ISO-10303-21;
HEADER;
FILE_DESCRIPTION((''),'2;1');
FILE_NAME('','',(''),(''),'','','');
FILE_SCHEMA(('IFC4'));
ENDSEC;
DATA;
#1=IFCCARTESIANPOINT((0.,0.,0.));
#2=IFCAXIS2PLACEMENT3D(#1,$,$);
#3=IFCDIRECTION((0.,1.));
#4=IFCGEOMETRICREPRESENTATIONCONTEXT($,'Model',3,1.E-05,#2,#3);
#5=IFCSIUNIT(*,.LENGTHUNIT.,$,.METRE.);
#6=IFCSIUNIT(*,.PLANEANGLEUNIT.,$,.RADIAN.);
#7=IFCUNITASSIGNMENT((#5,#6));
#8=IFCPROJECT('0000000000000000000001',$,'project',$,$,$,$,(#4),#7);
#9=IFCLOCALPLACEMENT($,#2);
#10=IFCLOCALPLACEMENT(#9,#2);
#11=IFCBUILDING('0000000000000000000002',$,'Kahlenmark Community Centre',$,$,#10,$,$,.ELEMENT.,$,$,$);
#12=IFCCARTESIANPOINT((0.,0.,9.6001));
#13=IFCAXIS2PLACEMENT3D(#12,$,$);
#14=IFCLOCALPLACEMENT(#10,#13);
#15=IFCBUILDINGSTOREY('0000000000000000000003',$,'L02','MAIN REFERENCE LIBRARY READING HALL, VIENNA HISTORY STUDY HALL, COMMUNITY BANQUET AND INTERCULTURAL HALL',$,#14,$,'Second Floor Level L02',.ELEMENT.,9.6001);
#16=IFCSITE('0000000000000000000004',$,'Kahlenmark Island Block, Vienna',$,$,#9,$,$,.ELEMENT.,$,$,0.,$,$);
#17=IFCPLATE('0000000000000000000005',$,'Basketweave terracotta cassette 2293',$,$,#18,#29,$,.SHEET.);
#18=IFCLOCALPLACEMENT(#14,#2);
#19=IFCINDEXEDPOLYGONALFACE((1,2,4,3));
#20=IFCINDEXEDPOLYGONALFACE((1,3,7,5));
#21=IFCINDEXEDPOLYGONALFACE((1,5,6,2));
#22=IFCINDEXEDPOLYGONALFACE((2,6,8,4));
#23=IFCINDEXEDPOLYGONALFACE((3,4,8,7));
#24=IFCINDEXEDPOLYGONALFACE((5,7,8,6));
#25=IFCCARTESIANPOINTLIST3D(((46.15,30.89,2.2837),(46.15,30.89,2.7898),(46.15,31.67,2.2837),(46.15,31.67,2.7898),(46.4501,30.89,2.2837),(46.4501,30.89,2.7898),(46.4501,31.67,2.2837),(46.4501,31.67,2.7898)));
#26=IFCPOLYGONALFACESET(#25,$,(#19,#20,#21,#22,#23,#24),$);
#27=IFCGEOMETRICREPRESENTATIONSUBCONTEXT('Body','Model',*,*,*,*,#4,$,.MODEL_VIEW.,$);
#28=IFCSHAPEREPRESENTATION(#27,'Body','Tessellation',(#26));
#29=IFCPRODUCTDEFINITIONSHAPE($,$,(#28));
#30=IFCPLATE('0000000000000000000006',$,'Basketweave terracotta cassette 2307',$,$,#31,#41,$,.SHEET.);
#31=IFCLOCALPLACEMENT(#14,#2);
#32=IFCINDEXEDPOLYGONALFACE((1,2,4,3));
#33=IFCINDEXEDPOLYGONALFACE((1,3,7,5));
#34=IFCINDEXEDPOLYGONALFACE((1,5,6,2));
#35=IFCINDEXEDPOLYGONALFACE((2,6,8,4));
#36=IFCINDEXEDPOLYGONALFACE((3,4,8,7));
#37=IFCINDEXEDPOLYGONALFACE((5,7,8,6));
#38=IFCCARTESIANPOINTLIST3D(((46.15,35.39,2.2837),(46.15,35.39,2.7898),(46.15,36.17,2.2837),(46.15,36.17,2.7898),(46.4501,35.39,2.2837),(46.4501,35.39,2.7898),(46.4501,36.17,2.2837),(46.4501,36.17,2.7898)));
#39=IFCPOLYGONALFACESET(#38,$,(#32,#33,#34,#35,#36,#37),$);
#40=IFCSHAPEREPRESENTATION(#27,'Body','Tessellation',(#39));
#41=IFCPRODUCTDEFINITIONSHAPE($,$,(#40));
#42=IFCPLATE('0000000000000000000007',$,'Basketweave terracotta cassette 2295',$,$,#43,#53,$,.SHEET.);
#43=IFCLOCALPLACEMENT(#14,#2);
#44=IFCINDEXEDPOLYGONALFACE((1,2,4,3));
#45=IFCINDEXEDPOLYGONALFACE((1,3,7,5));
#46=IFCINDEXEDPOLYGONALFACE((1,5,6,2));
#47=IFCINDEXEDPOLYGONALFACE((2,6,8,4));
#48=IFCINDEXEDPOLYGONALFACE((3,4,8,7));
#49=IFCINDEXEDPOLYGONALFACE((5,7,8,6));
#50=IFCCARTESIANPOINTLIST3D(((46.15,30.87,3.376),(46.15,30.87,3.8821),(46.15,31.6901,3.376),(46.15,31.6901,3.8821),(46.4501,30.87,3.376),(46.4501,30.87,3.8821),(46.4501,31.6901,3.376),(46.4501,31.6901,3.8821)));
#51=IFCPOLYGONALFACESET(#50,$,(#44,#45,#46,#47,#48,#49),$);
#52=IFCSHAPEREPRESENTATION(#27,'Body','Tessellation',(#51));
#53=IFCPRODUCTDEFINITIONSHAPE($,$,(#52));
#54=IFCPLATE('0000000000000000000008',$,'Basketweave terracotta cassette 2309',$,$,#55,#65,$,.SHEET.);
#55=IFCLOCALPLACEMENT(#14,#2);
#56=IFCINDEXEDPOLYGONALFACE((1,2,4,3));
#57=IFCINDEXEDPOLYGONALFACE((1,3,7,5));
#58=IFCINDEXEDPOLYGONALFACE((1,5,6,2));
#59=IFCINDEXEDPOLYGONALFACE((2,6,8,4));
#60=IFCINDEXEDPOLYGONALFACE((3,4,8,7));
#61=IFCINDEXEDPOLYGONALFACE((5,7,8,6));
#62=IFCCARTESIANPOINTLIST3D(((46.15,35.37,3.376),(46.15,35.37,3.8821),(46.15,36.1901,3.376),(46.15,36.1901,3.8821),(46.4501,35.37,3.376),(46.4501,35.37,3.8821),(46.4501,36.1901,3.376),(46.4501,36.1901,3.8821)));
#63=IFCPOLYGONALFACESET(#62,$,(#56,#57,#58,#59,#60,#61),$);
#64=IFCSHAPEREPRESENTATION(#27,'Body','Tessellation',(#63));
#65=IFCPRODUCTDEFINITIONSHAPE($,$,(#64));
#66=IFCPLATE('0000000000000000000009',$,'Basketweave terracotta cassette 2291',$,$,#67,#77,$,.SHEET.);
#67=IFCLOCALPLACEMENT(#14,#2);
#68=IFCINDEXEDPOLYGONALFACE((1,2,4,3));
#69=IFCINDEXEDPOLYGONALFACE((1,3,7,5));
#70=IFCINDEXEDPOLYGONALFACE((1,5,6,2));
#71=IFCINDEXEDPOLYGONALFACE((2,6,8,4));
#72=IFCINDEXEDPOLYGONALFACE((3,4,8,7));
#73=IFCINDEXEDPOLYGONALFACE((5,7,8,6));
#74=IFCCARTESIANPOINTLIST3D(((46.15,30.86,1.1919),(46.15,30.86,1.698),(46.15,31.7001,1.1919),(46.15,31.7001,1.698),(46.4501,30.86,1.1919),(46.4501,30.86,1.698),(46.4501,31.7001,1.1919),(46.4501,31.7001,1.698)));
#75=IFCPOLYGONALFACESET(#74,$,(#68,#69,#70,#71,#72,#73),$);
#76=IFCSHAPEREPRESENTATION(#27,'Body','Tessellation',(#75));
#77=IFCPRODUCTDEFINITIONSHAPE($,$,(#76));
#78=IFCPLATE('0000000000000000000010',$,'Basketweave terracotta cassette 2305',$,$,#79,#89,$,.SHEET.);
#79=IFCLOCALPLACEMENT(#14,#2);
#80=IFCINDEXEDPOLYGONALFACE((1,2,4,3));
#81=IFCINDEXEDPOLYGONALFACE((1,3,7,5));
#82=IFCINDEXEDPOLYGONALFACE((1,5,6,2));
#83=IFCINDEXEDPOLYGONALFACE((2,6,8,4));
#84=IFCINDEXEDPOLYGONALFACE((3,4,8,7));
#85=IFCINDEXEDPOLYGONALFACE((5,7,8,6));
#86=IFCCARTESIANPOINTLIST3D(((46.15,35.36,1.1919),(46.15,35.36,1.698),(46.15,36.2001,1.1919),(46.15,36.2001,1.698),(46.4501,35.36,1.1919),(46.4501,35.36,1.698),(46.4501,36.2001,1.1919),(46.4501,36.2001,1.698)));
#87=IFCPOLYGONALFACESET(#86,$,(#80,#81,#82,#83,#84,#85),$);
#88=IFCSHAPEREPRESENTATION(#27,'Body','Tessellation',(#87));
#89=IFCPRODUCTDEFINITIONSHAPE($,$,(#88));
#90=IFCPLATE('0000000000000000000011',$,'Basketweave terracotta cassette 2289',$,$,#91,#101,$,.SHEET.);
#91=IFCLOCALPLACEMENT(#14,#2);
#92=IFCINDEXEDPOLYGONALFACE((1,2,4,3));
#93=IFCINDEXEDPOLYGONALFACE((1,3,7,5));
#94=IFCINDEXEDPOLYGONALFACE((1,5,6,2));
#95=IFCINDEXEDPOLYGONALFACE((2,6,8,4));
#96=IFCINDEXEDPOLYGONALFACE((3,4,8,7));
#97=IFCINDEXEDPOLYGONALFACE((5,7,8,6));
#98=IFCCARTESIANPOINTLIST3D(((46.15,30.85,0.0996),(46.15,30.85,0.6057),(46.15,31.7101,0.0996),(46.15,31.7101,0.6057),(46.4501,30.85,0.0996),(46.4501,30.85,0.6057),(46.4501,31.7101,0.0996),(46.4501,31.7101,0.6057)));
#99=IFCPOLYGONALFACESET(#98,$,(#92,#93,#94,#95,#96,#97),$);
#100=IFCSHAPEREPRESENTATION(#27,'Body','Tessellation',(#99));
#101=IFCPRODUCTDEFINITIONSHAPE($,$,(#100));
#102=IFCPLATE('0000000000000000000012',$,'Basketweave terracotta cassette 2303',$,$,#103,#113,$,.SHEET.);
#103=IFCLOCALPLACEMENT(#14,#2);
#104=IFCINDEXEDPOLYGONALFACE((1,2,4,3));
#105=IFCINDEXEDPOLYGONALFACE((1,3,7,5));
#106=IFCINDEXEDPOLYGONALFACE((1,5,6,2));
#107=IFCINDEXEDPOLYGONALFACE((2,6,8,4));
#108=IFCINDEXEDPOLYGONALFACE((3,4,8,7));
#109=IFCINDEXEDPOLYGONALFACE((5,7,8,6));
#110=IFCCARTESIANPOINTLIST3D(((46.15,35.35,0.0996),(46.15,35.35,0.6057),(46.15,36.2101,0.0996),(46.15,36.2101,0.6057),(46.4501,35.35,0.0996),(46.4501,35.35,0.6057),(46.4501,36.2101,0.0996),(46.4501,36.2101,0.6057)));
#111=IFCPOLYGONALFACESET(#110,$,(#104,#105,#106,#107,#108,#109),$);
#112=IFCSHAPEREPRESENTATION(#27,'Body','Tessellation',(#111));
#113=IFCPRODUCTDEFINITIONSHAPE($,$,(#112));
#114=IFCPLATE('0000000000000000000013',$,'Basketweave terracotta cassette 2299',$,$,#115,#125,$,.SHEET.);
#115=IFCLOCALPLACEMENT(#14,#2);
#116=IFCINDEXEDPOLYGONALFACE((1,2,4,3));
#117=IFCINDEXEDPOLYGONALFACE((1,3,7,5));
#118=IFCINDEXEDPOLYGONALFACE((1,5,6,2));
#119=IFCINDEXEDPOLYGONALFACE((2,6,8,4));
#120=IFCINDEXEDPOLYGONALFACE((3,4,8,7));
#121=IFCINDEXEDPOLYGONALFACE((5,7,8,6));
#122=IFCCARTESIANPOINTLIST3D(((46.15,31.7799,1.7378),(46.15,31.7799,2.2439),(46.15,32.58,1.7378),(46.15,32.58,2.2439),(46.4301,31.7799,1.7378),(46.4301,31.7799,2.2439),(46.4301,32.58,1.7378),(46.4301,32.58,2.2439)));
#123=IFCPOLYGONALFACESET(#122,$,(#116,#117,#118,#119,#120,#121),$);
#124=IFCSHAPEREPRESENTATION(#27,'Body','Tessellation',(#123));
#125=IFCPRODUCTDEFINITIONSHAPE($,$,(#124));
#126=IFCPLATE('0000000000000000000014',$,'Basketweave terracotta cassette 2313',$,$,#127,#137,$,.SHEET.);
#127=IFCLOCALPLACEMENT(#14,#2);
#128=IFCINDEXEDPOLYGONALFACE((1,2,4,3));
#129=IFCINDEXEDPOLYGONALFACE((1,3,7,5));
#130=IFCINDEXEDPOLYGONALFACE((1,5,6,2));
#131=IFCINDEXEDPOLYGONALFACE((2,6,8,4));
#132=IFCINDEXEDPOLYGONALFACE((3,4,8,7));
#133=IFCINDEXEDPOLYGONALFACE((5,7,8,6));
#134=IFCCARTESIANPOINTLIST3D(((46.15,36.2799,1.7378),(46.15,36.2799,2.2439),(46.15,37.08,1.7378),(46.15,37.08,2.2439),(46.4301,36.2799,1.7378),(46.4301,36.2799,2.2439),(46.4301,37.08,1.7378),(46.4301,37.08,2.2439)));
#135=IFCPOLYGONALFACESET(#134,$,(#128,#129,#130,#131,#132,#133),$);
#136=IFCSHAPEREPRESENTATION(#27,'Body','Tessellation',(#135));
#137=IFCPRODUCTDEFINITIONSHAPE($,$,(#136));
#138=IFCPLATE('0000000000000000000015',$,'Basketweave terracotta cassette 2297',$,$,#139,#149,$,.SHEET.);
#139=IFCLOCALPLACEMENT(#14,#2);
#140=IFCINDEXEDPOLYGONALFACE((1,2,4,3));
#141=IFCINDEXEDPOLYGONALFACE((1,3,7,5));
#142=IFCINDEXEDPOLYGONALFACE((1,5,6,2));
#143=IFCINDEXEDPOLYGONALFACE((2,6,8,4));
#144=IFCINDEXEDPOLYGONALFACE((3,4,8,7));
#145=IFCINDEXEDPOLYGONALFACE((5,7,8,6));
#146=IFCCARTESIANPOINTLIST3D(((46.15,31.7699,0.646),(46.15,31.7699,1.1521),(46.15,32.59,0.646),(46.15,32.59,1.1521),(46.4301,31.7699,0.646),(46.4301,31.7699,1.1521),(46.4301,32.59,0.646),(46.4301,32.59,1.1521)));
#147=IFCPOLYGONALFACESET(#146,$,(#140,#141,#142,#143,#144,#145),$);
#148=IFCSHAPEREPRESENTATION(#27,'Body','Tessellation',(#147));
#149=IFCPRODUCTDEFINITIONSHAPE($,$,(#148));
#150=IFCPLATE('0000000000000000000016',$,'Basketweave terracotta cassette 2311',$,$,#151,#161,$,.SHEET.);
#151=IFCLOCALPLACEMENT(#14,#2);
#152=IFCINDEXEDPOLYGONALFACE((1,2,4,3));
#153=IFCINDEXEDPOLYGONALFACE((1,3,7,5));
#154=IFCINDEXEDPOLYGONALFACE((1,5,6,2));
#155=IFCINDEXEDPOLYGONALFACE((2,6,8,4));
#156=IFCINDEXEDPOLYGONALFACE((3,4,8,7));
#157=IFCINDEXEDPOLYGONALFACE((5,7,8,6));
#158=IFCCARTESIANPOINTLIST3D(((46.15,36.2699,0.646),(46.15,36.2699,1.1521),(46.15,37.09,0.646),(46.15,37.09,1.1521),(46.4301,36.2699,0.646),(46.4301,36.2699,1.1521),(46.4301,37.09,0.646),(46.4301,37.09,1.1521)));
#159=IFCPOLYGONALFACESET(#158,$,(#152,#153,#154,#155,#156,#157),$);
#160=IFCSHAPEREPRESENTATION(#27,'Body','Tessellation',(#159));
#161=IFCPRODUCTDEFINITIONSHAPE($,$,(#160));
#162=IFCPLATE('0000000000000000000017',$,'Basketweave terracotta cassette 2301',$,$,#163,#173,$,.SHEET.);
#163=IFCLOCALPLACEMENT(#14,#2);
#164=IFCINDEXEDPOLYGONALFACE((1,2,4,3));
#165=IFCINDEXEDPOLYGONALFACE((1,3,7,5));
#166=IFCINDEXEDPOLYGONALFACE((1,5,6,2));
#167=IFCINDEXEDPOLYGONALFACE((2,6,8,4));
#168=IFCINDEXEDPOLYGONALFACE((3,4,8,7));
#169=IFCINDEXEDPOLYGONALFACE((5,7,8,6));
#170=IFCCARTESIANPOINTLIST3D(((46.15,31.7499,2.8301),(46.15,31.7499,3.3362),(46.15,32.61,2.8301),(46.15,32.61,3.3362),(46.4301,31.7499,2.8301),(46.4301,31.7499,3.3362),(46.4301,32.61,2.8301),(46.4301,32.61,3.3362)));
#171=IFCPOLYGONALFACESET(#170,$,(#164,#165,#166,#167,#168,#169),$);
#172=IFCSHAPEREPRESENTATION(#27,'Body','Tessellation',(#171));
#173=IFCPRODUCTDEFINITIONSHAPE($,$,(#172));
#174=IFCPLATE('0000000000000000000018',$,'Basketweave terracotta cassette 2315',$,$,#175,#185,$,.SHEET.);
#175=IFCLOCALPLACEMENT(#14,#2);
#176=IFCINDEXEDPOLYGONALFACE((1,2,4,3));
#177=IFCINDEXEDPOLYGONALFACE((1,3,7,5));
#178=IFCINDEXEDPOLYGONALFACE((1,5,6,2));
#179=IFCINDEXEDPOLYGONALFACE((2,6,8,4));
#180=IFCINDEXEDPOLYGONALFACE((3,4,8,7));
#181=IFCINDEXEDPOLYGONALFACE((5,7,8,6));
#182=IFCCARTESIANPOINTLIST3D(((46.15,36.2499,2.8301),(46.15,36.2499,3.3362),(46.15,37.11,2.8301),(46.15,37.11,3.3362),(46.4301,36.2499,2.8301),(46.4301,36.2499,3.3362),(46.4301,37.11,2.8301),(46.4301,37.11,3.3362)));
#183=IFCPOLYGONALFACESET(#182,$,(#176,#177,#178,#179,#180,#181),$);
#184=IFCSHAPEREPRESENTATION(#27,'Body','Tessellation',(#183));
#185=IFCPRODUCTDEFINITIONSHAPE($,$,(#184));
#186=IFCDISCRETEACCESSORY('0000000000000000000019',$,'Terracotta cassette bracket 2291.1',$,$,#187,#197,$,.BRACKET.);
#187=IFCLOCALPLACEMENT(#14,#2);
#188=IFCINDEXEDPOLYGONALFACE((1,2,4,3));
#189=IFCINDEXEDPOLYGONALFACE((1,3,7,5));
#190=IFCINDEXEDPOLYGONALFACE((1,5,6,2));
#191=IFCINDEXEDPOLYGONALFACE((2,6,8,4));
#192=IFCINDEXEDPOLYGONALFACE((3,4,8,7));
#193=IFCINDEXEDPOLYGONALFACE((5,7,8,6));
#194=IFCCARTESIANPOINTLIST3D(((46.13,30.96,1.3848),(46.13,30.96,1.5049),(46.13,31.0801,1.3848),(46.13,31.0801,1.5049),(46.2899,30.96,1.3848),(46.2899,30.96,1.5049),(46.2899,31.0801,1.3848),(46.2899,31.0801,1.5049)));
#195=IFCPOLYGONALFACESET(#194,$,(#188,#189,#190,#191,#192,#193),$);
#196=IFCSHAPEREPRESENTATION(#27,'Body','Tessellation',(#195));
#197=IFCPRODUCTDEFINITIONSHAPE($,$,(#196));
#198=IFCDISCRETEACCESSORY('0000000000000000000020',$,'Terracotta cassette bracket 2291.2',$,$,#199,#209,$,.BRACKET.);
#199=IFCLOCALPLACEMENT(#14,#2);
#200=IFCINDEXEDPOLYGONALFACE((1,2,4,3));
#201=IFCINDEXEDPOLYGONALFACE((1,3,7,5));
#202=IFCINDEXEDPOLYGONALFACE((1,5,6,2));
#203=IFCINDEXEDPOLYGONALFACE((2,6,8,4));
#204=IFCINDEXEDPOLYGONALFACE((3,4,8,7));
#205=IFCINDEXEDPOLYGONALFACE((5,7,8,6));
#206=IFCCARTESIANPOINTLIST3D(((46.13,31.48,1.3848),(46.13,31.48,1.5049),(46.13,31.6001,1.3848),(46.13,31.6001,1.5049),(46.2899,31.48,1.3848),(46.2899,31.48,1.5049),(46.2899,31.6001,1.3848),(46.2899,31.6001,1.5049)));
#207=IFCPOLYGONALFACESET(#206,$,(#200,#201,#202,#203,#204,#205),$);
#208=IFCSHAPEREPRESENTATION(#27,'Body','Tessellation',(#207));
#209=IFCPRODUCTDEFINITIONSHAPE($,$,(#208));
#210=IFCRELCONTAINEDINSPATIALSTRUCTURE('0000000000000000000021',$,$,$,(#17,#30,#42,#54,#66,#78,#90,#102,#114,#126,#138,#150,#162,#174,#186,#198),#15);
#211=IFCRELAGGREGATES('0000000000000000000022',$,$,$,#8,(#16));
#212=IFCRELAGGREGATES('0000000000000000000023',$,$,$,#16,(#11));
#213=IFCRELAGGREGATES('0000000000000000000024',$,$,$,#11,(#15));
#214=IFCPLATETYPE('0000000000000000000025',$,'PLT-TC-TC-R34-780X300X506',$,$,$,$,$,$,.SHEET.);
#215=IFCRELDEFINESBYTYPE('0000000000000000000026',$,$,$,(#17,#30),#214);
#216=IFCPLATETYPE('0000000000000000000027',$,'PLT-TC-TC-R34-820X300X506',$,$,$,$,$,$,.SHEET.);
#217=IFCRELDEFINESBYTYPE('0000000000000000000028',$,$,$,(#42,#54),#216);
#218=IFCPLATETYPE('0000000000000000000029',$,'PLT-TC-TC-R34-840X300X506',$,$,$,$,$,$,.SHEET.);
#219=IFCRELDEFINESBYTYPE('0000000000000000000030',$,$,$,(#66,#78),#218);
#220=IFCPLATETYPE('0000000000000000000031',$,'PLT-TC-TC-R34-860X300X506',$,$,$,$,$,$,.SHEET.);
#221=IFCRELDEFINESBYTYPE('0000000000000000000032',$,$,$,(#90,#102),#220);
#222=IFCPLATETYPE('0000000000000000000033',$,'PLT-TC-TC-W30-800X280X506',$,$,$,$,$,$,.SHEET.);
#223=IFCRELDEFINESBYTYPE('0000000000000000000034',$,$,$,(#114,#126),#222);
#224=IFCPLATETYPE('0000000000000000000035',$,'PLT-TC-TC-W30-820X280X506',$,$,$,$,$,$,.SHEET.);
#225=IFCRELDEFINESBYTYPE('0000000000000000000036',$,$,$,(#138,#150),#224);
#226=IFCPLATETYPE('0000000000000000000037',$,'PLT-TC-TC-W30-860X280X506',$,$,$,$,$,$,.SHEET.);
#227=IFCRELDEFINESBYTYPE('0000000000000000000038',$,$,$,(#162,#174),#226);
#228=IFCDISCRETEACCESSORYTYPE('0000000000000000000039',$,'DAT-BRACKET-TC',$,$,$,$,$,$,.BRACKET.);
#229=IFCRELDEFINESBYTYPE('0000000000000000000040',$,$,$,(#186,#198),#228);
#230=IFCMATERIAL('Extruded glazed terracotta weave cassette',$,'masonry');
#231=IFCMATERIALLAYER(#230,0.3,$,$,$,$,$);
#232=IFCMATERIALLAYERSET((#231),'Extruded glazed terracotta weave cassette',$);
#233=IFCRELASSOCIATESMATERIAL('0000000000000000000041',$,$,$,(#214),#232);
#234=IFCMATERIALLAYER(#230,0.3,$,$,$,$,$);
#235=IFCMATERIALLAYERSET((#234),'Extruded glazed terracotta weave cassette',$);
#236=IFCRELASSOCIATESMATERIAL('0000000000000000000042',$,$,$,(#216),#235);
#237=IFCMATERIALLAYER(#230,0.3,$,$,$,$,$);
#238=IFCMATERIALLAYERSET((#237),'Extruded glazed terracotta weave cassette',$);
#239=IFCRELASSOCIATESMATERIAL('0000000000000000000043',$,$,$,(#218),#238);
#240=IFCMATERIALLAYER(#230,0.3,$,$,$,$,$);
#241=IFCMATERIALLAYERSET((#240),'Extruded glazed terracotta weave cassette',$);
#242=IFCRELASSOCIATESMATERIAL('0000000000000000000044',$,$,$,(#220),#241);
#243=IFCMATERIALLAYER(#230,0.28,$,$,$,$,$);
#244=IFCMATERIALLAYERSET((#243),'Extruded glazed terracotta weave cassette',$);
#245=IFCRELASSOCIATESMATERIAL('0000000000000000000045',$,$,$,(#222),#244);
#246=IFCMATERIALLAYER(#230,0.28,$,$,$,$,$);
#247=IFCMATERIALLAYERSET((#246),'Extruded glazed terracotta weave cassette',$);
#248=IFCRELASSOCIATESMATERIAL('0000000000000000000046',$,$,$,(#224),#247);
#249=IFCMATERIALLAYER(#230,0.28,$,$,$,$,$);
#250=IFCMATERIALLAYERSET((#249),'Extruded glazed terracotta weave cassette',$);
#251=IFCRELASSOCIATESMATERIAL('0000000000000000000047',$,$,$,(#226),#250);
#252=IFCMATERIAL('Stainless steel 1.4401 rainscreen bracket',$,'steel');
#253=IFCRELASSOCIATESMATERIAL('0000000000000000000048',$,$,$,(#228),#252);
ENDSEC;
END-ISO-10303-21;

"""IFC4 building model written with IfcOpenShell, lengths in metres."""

from ifc_helpers import new_model, si_unit, direction, frame, origin, origin_2d, place, context, subcontext, project, spatial, rectangle, extrude, material, layer, layer_set, type_object, element, save


model = new_model("IFC4")

# Units and contexts
model_context = context("Model", 3, precision=1e-05, world=origin(), true_north=direction((0.0, 1.0)))
body_context = subcontext(model_context, "Body", "Model", "MODEL_VIEW")
ifc_project = project(units=[si_unit("LENGTHUNIT", "METRE"), si_unit("PLANEANGLEUNIT", "RADIAN")], contexts=[model_context])

# Site, building, storey
site_placement = place(None, origin())
site = spatial("IfcSite", under=ifc_project, at=site_placement, Name="Kahlenmark Island Block, Vienna", CompositionType="ELEMENT", RefElevation=0.0)
building_placement = place(site_placement, origin())
building = spatial("IfcBuilding", under=site, at=building_placement, Name="Kahlenmark Community Centre", CompositionType="ELEMENT")
storey_placement = place(building_placement, frame((0.0, 0.0, 9.6001)))
storey = spatial("IfcBuildingStorey", under=building, at=storey_placement, Name="L02", Description="MAIN REFERENCE LIBRARY READING HALL, VIENNA HISTORY STUDY HALL, COMMUNITY BANQUET AND INTERCULTURAL HALL", LongName="Second Floor Level L02", CompositionType="ELEMENT", Elevation=9.6001)

# Plates
ifc_material_1 = material(Name="Extruded glazed terracotta weave cassette", Category="masonry")
ifc_layer_1 = layer(ifc_material_1, 0.3)
ifc_layer_set_1 = layer_set([ifc_layer_1], Name="Extruded glazed terracotta weave cassette")
plate_type_1 = type_object("IfcPlateType", Name="PLT-TC-TC-R34-780X300X506", PredefinedType="SHEET", material=ifc_layer_set_1)
for number, where, z_axis, x_axis, name in (
    (1, (46.3, 31.28, 2.2837), (0.0, 0.0, 1.0), (0.0, 1.0, 0.0), "Basketweave terracotta cassette 2293"),
    (2, (46.3, 35.78, 2.2837), (0.0, 0.0, 1.0), (0.0, 1.0, 0.0), "Basketweave terracotta cassette 2307"),
):
    element("IfcPlate", number, at=place(storey_placement, frame(where, z_axis=z_axis, x_axis=x_axis)), inside=storey, type_object=plate_type_1, Name=name, PredefinedType="SHEET", context=body_context, shape_type="SweptSolid", body=[
        extrude(rectangle(XDim=0.78, YDim=0.3, at=origin_2d()), origin(), (0.0, 0.0, 1.0), 0.5061),
    ])
ifc_layer_2 = layer(ifc_material_1, 0.3)
ifc_layer_set_2 = layer_set([ifc_layer_2], Name="Extruded glazed terracotta weave cassette")
plate_type_2 = type_object("IfcPlateType", Name="PLT-TC-TC-R34-820X300X506", PredefinedType="SHEET", material=ifc_layer_set_2)
for number, where, z_axis, x_axis, name in (
    (3, (46.3, 31.28, 3.376), (0.0, 0.0, 1.0), (0.0, 1.0, 0.0), "Basketweave terracotta cassette 2295"),
    (4, (46.3, 35.78, 3.376), (0.0, 0.0, 1.0), (0.0, 1.0, 0.0), "Basketweave terracotta cassette 2309"),
):
    element("IfcPlate", number, at=place(storey_placement, frame(where, z_axis=z_axis, x_axis=x_axis)), inside=storey, type_object=plate_type_2, Name=name, PredefinedType="SHEET", context=body_context, shape_type="SweptSolid", body=[
        extrude(rectangle(XDim=0.8201, YDim=0.3, at=origin_2d()), origin(), (0.0, 0.0, 1.0), 0.5061),
    ])
ifc_layer_3 = layer(ifc_material_1, 0.3)
ifc_layer_set_3 = layer_set([ifc_layer_3], Name="Extruded glazed terracotta weave cassette")
plate_type_3 = type_object("IfcPlateType", Name="PLT-TC-TC-R34-840X300X506", PredefinedType="SHEET", material=ifc_layer_set_3)
for number, where, z_axis, x_axis, name in (
    (5, (46.3, 31.28, 1.1919), (0.0, 0.0, 1.0), (0.0, 1.0, 0.0), "Basketweave terracotta cassette 2291"),
    (6, (46.3, 35.78, 1.1919), (0.0, 0.0, 1.0), (0.0, 1.0, 0.0), "Basketweave terracotta cassette 2305"),
):
    element("IfcPlate", number, at=place(storey_placement, frame(where, z_axis=z_axis, x_axis=x_axis)), inside=storey, type_object=plate_type_3, Name=name, PredefinedType="SHEET", context=body_context, shape_type="SweptSolid", body=[
        extrude(rectangle(XDim=0.8401, YDim=0.3, at=origin_2d()), origin(), (0.0, 0.0, 1.0), 0.5061),
    ])
ifc_layer_4 = layer(ifc_material_1, 0.3)
ifc_layer_set_4 = layer_set([ifc_layer_4], Name="Extruded glazed terracotta weave cassette")
plate_type_4 = type_object("IfcPlateType", Name="PLT-TC-TC-R34-860X300X506", PredefinedType="SHEET", material=ifc_layer_set_4)
for number, where, z_axis, x_axis, name in (
    (7, (46.3, 31.28, 0.0996), (0.0, 0.0, 1.0), (0.0, 1.0, 0.0), "Basketweave terracotta cassette 2289"),
    (8, (46.3, 35.78, 0.0996), (0.0, 0.0, 1.0), (0.0, 1.0, 0.0), "Basketweave terracotta cassette 2303"),
):
    element("IfcPlate", number, at=place(storey_placement, frame(where, z_axis=z_axis, x_axis=x_axis)), inside=storey, type_object=plate_type_4, Name=name, PredefinedType="SHEET", context=body_context, shape_type="SweptSolid", body=[
        extrude(rectangle(XDim=0.8601, YDim=0.3, at=origin_2d()), origin(), (0.0, 0.0, 1.0), 0.5061),
    ])
ifc_layer_5 = layer(ifc_material_1, 0.28)
ifc_layer_set_5 = layer_set([ifc_layer_5], Name="Extruded glazed terracotta weave cassette")
plate_type_5 = type_object("IfcPlateType", Name="PLT-TC-TC-W30-800X280X506", PredefinedType="SHEET", material=ifc_layer_set_5)
for number, where, z_axis, x_axis, name in (
    (9, (46.29, 32.1799, 1.7378), (0.0, 0.0, 1.0), (0.0, 1.0, 0.0), "Basketweave terracotta cassette 2299"),
    (10, (46.29, 36.6799, 1.7378), (0.0, 0.0, 1.0), (0.0, 1.0, 0.0), "Basketweave terracotta cassette 2313"),
):
    element("IfcPlate", number, at=place(storey_placement, frame(where, z_axis=z_axis, x_axis=x_axis)), inside=storey, type_object=plate_type_5, Name=name, PredefinedType="SHEET", context=body_context, shape_type="SweptSolid", body=[
        extrude(rectangle(XDim=0.8, YDim=0.28, at=origin_2d()), origin(), (0.0, 0.0, 1.0), 0.5061),
    ])
ifc_layer_6 = layer(ifc_material_1, 0.28)
ifc_layer_set_6 = layer_set([ifc_layer_6], Name="Extruded glazed terracotta weave cassette")
plate_type_6 = type_object("IfcPlateType", Name="PLT-TC-TC-W30-820X280X506", PredefinedType="SHEET", material=ifc_layer_set_6)
for number, where, z_axis, x_axis, name in (
    (11, (46.29, 32.1799, 0.646), (0.0, 0.0, 1.0), (0.0, 1.0, 0.0), "Basketweave terracotta cassette 2297"),
    (12, (46.29, 36.6799, 0.646), (0.0, 0.0, 1.0), (0.0, 1.0, 0.0), "Basketweave terracotta cassette 2311"),
):
    element("IfcPlate", number, at=place(storey_placement, frame(where, z_axis=z_axis, x_axis=x_axis)), inside=storey, type_object=plate_type_6, Name=name, PredefinedType="SHEET", context=body_context, shape_type="SweptSolid", body=[
        extrude(rectangle(XDim=0.8201, YDim=0.28, at=origin_2d()), origin(), (0.0, 0.0, 1.0), 0.5061),
    ])
ifc_layer_7 = layer(ifc_material_1, 0.28)
ifc_layer_set_7 = layer_set([ifc_layer_7], Name="Extruded glazed terracotta weave cassette")
plate_type_7 = type_object("IfcPlateType", Name="PLT-TC-TC-W30-860X280X506", PredefinedType="SHEET", material=ifc_layer_set_7)
for number, where, z_axis, x_axis, name in (
    (13, (46.29, 32.1799, 2.8301), (0.0, 0.0, 1.0), (0.0, 1.0, 0.0), "Basketweave terracotta cassette 2301"),
    (14, (46.29, 36.6799, 2.8301), (0.0, 0.0, 1.0), (0.0, 1.0, 0.0), "Basketweave terracotta cassette 2315"),
):
    element("IfcPlate", number, at=place(storey_placement, frame(where, z_axis=z_axis, x_axis=x_axis)), inside=storey, type_object=plate_type_7, Name=name, PredefinedType="SHEET", context=body_context, shape_type="SweptSolid", body=[
        extrude(rectangle(XDim=0.8601, YDim=0.28, at=origin_2d()), origin(), (0.0, 0.0, 1.0), 0.5061),
    ])

# Discrete accessories
ifc_material_2 = material(Name="Stainless steel 1.4401 rainscreen bracket", Category="steel")
discrete_accessory_type = type_object("IfcDiscreteAccessoryType", Name="DAT-BRACKET-TC", PredefinedType="BRACKET", material=ifc_material_2)
for number, where, z_axis, x_axis, name in (
    (15, (46.21, 31.02, 1.3848), (0.0, 0.0, 1.0), (0.0, 1.0, 0.0), "Terracotta cassette bracket 2291.1"),
    (16, (46.21, 31.54, 1.3848), (0.0, 0.0, 1.0), (0.0, 1.0, 0.0), "Terracotta cassette bracket 2291.2"),
):
    element("IfcDiscreteAccessory", number, at=place(storey_placement, frame(where, z_axis=z_axis, x_axis=x_axis)), inside=storey, type_object=discrete_accessory_type, Name=name, PredefinedType="BRACKET", context=body_context, shape_type="SweptSolid", body=[
        extrude(rectangle(XDim=0.1201, YDim=0.1599, at=origin_2d()), origin(), (0.0, 0.0, 1.0), 0.1201),
    ])

save(model, "model.ifc")
